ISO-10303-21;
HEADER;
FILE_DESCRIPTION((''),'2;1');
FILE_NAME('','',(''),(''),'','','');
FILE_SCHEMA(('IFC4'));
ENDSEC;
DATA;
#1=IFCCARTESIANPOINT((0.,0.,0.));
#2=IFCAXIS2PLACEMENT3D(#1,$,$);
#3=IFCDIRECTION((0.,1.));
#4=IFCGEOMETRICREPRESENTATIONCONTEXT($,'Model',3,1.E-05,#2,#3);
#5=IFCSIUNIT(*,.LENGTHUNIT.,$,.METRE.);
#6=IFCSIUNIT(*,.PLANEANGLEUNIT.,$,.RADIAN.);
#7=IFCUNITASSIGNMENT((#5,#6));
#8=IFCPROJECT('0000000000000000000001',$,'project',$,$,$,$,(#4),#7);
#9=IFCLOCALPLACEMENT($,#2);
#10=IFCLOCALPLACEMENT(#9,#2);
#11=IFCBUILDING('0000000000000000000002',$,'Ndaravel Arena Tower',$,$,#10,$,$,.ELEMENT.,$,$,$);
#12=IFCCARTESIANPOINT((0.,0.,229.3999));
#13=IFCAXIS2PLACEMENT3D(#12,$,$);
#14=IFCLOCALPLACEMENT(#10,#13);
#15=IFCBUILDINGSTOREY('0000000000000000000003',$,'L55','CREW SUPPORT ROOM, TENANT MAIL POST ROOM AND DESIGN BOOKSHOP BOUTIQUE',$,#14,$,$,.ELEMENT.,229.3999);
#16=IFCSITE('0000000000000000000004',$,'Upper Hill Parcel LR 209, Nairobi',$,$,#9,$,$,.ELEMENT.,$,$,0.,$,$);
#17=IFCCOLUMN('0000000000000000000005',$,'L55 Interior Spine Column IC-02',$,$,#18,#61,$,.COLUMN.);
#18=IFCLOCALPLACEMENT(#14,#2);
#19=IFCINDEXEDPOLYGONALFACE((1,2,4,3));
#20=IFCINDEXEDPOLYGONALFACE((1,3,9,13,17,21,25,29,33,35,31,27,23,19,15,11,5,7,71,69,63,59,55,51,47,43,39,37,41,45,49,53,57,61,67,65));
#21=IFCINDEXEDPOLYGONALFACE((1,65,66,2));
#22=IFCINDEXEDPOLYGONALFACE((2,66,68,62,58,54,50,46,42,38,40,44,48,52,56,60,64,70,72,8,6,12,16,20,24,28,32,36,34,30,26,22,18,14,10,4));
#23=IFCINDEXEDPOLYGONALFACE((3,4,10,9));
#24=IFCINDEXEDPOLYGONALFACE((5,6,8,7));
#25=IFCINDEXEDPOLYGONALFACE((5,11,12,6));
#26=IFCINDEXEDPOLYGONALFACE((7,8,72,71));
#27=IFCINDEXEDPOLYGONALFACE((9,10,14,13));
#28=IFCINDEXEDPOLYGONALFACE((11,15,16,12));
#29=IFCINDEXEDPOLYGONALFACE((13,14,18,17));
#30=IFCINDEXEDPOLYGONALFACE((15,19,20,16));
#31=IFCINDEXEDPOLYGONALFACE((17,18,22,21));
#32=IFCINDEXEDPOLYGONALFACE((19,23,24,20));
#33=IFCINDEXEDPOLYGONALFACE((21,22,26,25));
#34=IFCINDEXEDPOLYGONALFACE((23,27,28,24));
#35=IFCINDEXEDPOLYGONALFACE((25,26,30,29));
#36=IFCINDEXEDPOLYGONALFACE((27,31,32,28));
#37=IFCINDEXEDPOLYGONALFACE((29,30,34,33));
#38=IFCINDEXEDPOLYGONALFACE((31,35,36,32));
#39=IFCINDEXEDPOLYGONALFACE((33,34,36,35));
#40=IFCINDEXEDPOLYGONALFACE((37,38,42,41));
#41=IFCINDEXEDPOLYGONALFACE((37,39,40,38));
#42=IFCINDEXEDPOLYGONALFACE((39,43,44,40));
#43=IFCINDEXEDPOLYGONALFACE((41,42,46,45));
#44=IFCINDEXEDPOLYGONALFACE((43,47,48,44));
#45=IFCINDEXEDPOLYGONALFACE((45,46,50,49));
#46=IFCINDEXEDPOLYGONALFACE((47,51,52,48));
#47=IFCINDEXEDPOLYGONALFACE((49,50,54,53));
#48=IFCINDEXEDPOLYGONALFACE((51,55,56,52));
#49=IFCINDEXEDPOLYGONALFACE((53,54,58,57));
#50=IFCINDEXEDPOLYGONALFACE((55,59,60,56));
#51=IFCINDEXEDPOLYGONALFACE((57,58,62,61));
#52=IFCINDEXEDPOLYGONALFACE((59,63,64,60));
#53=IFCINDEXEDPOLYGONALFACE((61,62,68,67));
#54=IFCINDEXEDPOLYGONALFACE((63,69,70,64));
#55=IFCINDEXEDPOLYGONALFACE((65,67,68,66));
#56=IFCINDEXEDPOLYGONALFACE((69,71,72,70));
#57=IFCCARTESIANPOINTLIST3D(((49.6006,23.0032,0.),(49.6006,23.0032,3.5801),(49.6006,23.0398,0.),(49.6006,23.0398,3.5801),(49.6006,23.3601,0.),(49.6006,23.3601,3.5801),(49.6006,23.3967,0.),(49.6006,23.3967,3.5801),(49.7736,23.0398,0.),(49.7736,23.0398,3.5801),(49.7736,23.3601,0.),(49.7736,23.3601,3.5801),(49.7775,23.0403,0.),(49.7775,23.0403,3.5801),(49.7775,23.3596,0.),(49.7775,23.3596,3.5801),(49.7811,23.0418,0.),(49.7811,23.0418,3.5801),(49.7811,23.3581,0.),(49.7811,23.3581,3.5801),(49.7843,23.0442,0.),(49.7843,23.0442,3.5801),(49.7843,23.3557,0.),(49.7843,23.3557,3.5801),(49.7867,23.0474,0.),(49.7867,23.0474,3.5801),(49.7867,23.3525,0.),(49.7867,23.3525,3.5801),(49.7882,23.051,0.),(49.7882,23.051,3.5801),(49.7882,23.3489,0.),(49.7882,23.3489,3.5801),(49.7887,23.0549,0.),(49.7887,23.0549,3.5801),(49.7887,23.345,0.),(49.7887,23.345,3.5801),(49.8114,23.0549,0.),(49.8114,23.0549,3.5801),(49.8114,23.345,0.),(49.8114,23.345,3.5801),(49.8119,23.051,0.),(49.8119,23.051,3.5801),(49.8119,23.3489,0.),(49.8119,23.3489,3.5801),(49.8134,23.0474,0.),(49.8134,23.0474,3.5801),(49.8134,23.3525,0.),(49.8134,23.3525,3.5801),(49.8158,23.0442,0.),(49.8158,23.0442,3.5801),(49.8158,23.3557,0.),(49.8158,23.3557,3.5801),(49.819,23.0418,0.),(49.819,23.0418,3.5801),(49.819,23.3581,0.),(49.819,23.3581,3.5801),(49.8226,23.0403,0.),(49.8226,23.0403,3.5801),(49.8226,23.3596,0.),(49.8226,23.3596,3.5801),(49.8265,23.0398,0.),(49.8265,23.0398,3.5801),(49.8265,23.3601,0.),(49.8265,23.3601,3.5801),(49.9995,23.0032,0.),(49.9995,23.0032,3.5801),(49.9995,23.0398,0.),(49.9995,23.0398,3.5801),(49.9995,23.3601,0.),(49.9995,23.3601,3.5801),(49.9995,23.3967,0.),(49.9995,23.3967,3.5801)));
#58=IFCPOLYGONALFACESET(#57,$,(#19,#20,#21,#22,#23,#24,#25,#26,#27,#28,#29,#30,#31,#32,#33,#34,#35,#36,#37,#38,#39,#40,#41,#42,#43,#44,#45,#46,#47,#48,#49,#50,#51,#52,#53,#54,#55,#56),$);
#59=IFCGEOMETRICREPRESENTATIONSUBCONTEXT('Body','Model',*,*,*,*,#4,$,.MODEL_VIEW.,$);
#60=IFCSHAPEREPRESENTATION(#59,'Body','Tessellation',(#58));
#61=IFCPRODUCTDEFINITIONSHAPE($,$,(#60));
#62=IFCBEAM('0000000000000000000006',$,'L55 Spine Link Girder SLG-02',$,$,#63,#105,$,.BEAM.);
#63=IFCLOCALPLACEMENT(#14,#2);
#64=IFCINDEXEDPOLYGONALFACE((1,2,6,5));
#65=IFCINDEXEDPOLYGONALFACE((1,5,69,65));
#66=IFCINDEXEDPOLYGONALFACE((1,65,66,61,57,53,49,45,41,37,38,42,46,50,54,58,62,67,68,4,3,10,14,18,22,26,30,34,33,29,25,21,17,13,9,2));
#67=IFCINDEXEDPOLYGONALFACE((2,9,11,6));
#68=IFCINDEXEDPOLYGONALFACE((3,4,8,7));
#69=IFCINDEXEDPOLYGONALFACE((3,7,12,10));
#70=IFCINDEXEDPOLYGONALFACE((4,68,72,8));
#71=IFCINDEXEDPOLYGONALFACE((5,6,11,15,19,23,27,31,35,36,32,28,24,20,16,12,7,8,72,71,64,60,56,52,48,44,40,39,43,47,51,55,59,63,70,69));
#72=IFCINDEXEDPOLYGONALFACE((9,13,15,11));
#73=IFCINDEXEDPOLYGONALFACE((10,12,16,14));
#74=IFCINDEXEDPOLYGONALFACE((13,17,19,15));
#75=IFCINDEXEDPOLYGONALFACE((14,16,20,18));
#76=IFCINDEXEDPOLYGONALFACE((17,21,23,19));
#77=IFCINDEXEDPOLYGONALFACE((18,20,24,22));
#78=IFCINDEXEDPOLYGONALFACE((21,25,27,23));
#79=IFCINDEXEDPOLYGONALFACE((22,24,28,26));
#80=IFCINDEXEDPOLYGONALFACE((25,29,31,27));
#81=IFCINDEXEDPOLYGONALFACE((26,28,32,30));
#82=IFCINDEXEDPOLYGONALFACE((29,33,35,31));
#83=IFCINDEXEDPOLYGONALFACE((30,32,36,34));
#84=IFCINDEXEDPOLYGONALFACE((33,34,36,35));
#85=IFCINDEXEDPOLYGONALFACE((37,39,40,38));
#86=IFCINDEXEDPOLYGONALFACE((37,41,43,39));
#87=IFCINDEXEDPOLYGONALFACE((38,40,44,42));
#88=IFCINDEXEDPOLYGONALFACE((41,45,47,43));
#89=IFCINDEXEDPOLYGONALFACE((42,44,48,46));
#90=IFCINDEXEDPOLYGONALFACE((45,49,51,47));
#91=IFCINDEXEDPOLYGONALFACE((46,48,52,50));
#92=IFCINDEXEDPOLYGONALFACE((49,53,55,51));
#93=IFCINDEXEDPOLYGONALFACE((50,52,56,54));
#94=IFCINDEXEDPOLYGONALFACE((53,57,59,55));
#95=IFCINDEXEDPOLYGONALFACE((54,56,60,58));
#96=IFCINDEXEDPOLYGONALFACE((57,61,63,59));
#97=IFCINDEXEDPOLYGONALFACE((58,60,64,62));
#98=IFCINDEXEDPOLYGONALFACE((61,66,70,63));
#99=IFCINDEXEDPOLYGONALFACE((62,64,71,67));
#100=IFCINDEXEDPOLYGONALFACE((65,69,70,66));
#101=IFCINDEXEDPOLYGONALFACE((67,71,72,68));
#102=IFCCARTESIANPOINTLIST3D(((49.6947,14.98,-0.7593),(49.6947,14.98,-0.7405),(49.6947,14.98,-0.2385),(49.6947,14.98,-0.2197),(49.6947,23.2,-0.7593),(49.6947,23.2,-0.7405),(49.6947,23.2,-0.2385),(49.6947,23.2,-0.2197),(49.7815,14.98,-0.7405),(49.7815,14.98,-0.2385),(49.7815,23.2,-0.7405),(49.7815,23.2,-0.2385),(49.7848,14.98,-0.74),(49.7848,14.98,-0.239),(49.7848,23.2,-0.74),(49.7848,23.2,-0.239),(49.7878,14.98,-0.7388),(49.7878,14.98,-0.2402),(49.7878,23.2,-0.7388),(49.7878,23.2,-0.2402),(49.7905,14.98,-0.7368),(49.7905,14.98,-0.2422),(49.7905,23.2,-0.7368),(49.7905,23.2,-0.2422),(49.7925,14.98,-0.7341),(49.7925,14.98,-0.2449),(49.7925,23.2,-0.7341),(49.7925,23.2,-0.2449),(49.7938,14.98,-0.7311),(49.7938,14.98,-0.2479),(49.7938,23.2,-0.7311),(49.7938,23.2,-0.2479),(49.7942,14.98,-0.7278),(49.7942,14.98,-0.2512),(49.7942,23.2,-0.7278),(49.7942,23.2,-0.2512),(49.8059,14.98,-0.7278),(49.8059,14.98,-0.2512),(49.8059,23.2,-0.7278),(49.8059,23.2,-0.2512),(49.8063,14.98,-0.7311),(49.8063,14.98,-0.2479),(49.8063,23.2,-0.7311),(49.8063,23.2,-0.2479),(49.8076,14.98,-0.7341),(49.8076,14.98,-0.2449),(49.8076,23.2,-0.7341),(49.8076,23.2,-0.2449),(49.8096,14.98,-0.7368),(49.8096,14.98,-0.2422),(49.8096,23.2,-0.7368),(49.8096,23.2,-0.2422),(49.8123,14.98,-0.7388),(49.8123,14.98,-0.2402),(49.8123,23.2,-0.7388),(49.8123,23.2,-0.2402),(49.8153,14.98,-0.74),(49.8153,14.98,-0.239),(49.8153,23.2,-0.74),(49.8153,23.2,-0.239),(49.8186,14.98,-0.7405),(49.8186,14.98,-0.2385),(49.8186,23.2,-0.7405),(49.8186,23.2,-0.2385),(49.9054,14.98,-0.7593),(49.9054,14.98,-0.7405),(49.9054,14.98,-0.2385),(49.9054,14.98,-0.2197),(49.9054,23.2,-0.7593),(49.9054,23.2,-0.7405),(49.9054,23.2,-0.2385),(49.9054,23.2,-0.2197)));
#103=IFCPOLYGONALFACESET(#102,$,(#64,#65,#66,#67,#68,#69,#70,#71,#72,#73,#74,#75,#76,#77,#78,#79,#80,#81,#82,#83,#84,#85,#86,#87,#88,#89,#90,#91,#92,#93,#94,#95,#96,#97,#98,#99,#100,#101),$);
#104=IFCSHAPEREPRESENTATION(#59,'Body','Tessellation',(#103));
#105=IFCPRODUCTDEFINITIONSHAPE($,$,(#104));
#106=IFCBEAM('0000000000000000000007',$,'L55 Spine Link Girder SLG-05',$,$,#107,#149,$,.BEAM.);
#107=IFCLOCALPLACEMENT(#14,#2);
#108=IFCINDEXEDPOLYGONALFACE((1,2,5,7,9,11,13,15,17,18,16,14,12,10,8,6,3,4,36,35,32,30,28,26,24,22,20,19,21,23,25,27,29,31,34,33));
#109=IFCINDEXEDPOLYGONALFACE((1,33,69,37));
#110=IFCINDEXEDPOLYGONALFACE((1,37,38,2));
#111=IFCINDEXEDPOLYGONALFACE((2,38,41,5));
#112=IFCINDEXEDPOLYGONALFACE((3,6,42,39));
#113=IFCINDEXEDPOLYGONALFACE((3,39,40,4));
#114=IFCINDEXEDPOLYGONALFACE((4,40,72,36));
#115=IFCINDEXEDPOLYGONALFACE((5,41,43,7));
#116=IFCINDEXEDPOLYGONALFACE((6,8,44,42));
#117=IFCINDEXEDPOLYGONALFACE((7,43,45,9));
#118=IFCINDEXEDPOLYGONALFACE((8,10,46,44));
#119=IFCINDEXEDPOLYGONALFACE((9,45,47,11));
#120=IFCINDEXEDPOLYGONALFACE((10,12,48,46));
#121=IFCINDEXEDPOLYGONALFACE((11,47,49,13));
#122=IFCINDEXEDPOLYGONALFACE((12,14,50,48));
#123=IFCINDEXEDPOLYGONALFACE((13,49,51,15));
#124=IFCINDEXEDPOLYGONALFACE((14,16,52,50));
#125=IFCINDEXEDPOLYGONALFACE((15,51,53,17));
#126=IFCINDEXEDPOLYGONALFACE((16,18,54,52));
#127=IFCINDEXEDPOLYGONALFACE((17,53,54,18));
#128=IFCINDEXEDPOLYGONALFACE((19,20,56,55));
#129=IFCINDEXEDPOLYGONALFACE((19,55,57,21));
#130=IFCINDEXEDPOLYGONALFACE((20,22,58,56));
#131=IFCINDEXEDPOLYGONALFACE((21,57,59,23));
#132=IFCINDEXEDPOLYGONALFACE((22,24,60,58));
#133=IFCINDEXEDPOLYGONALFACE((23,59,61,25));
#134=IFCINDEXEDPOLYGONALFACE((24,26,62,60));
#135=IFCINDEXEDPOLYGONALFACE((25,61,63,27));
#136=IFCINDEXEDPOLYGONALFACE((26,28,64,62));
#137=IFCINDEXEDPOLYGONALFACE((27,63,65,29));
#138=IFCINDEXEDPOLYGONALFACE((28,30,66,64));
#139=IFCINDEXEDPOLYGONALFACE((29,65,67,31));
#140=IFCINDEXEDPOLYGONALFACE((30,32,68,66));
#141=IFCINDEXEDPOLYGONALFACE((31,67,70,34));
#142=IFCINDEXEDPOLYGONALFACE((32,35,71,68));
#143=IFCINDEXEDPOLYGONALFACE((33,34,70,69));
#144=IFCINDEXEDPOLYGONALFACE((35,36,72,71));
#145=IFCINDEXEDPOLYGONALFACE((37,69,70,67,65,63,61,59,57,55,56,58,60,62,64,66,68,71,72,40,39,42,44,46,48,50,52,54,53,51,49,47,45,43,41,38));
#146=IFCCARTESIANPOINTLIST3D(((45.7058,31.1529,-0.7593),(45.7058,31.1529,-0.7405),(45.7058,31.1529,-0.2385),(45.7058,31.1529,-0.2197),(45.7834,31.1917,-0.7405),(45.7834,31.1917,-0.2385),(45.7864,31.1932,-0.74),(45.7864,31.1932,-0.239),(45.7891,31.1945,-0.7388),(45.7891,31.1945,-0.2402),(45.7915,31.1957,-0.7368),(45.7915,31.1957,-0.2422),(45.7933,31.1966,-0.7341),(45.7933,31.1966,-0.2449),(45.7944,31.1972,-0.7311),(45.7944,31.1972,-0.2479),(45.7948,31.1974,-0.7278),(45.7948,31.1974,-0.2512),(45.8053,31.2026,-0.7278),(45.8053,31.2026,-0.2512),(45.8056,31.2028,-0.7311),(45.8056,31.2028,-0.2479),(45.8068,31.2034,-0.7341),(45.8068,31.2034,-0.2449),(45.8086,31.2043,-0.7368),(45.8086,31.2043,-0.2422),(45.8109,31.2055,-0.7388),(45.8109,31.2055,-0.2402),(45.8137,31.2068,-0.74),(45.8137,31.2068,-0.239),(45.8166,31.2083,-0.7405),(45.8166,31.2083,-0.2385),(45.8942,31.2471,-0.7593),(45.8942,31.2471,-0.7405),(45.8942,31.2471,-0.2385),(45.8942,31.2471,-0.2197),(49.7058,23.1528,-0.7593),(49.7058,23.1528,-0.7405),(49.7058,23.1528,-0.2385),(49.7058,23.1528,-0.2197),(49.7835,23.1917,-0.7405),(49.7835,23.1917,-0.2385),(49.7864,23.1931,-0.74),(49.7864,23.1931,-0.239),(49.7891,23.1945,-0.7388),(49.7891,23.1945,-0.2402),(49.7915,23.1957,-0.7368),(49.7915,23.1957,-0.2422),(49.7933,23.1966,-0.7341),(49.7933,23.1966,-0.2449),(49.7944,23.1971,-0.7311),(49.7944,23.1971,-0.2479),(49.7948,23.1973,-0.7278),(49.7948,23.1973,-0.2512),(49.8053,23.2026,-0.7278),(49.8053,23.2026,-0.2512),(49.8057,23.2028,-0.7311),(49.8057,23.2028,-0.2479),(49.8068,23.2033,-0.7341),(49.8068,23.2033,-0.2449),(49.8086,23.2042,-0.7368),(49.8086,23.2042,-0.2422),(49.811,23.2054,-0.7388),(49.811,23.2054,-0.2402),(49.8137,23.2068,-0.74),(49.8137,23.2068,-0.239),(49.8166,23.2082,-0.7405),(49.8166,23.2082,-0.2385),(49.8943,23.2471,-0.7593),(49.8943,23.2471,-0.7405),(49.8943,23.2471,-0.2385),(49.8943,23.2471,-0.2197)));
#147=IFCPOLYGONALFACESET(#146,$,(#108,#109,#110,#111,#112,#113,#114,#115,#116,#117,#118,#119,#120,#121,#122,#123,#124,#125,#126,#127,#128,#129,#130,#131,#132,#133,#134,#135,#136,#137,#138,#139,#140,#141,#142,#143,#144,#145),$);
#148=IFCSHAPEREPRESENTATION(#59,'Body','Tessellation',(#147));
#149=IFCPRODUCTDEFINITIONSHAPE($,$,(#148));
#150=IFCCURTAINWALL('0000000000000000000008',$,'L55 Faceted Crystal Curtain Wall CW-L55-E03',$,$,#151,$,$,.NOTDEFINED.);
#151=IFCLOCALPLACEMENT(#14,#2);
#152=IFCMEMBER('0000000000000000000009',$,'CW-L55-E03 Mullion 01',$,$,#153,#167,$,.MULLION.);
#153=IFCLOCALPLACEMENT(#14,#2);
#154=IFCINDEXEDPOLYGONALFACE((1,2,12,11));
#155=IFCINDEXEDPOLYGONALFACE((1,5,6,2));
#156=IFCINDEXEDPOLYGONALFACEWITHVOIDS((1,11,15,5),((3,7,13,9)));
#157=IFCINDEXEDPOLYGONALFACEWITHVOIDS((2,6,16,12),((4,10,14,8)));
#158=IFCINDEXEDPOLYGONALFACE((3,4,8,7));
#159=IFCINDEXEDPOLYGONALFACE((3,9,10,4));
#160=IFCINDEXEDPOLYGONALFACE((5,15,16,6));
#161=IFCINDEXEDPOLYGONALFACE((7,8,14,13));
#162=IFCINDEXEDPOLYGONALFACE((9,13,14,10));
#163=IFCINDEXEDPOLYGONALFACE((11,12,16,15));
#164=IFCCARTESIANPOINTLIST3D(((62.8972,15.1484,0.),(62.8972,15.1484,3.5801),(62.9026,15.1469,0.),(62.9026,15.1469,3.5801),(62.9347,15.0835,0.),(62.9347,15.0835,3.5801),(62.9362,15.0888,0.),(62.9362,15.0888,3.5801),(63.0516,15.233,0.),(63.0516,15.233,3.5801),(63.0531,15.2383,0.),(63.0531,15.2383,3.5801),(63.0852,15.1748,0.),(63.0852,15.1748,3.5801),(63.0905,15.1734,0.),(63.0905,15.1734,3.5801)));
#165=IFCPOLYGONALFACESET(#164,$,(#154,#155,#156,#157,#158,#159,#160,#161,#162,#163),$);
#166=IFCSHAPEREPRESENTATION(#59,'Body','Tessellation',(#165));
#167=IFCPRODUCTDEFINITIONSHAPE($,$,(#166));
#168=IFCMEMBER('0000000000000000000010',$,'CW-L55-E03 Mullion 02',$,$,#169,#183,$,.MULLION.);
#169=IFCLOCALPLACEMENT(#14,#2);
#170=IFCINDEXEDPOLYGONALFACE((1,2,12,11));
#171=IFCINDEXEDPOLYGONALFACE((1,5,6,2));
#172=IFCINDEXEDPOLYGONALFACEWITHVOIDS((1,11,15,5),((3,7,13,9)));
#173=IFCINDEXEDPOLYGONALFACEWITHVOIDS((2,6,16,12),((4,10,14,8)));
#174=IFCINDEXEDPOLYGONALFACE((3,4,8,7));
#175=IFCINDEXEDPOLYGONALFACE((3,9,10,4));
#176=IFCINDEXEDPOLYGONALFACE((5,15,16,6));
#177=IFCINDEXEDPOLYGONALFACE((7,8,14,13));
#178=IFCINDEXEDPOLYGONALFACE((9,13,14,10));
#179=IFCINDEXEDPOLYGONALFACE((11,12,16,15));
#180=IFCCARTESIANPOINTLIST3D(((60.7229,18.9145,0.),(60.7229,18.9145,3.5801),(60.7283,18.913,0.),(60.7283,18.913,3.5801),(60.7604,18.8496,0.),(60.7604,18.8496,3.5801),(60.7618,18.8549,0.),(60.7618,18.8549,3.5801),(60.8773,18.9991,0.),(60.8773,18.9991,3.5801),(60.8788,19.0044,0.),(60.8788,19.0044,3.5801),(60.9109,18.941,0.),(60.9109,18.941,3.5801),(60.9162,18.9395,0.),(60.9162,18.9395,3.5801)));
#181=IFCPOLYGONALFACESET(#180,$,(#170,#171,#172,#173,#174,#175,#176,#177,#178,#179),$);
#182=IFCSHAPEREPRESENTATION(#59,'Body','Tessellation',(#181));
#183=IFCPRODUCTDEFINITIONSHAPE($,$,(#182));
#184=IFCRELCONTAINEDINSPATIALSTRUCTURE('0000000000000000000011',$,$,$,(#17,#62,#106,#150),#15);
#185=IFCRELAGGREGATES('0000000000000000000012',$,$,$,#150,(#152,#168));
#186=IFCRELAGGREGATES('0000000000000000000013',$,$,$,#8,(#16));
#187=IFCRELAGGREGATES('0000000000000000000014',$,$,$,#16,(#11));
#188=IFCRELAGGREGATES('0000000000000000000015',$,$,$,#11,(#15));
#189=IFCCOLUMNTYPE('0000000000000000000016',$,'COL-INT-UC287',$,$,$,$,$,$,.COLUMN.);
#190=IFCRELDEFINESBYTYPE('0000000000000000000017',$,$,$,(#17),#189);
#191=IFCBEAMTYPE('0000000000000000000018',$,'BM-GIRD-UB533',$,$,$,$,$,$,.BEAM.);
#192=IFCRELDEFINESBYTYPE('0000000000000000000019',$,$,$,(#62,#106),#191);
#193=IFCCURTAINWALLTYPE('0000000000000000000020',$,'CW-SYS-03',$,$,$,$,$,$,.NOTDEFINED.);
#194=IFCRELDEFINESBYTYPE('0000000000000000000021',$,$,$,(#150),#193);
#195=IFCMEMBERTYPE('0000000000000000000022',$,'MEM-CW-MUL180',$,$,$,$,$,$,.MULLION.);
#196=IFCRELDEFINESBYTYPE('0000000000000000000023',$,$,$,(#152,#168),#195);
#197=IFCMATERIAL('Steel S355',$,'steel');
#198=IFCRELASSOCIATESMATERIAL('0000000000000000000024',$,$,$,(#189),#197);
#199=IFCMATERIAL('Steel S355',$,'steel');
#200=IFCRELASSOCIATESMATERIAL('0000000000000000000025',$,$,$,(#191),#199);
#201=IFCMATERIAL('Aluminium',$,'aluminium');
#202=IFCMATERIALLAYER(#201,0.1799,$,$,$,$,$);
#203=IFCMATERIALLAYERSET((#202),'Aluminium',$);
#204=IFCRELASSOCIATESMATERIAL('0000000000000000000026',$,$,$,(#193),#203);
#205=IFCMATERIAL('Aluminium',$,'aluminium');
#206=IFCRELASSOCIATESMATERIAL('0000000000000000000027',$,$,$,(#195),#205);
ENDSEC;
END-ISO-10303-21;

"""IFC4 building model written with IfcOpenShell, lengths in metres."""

from ifc_helpers import new_model, si_unit, direction, frame, origin, origin_2d, place, context, subcontext, project, spatial, hollow_rectangle, i_section, extrude, material, layer, layer_set, material_profile, profile_set, type_object, element, aggregate, save


model = new_model("IFC4")

# Units and contexts
model_context = context("Model", 3, precision=1e-05, world=origin(), true_north=direction((0.0, 1.0)))
body_context = subcontext(model_context, "Body", "Model", "MODEL_VIEW")
ifc_project = project(units=[si_unit("LENGTHUNIT", "METRE"), si_unit("PLANEANGLEUNIT", "RADIAN")], contexts=[model_context])

# Site, building, storey
site_placement = place(None, origin())
site = spatial("IfcSite", under=ifc_project, at=site_placement, Name="Upper Hill Parcel LR 209, Nairobi", CompositionType="ELEMENT", RefElevation=0.0)
building_placement = place(site_placement, origin())
building = spatial("IfcBuilding", under=site, at=building_placement, Name="Ndaravel Arena Tower", CompositionType="ELEMENT")
storey_placement = place(building_placement, frame((0.0, 0.0, 229.3999)))
storey = spatial("IfcBuildingStorey", under=building, at=storey_placement, Name="L55", Description="CREW SUPPORT ROOM, TENANT MAIL POST ROOM AND DESIGN BOOKSHOP BOUTIQUE", CompositionType="ELEMENT", Elevation=229.3999)

# Column
ifc_material_1 = material(Name="Steel S355", Category="steel")
ifc_material_profile_1 = material_profile(ifc_material_1, i_section(OverallWidth=0.3989, OverallDepth=0.3936, WebThickness=0.0227, FlangeThickness=0.0366, FilletRadius=0.0151, at=origin_2d()), Name="UC 356x406x287")
ifc_profile_set_1 = profile_set([ifc_material_profile_1], Name="Steel S355")
column_type = type_object("IfcColumnType", Name="COL-INT-UC287", PredefinedType="COLUMN", material=ifc_profile_set_1)
column_placement = place(storey_placement, frame((49.8, 23.2, 0.0), z_axis=(0.0, 0.0, 1.0), x_axis=(1.0, 0.0, 0.0)))
element("IfcColumn", 1, at=column_placement, inside=storey, type_object=column_type, Name="L55 Interior Spine Column IC-02", PredefinedType="COLUMN", context=body_context, shape_type="SweptSolid", body=[
    extrude(i_section(OverallWidth=0.3989, OverallDepth=0.3936, WebThickness=0.0227, FlangeThickness=0.0366, FilletRadius=0.0151, at=origin_2d()), origin(), (0.0, 0.0, 1.0), 3.5801),
])

# Beams
ifc_material_2 = material(Name="Steel S355", Category="steel")
ifc_material_profile_2 = material_profile(ifc_material_2, i_section(OverallWidth=0.2107, OverallDepth=0.5396, WebThickness=0.0117, FlangeThickness=0.0188, FilletRadius=0.0127, at=origin_2d()), Name="UB 533x210x109")
ifc_profile_set_2 = profile_set([ifc_material_profile_2], Name="Steel S355")
beam_type = type_object("IfcBeamType", Name="BM-GIRD-UB533", PredefinedType="BEAM", material=ifc_profile_set_2)
beam_1_placement = place(storey_placement, frame((49.8, 14.98, -0.4895), z_axis=(0.0, 1.0, 0.0), x_axis=(-1.0, 0.0, 0.0)))
element("IfcBeam", 2, at=beam_1_placement, inside=storey, type_object=beam_type, Name="L55 Spine Link Girder SLG-02", PredefinedType="BEAM", context=body_context, shape_type="SweptSolid", body=[
    extrude(i_section(OverallWidth=0.2107, OverallDepth=0.5396, WebThickness=0.0117, FlangeThickness=0.0188, FilletRadius=0.0127, at=origin_2d()), origin(), (0.0, 0.0, 1.0), 8.22),
])
beam_2_placement = place(storey_placement, frame((49.8, 23.2, -0.4895), z_axis=(-0.447214, 0.894427, 0.0), x_axis=(-0.894427, -0.447214, 0.0)))
element("IfcBeam", 3, at=beam_2_placement, inside=storey, type_object=beam_type, Name="L55 Spine Link Girder SLG-05", PredefinedType="BEAM", context=body_context, shape_type="SweptSolid", body=[
    extrude(i_section(OverallWidth=0.2107, OverallDepth=0.5396, WebThickness=0.0117, FlangeThickness=0.0188, FilletRadius=0.0127, at=origin_2d()), origin(), (0.0, 0.0, 1.0), 8.9443),
])

# Curtain wall, members
ifc_material_3 = material(Name="Aluminium", Category="aluminium")
ifc_layer_1 = layer(ifc_material_3, 0.1799)
ifc_layer_set_1 = layer_set([ifc_layer_1], Name="Aluminium")
curtain_wall_type = type_object("IfcCurtainWallType", Name="CW-SYS-03", PredefinedType="NOTDEFINED", material=ifc_layer_set_1)
curtain_wall_placement = place(storey_placement, origin())
curtain_wall = element("IfcCurtainWall", 4, at=curtain_wall_placement, inside=storey, type_object=curtain_wall_type, Name="L55 Faceted Crystal Curtain Wall CW-L55-E03", PredefinedType="NOTDEFINED")
ifc_material_4 = material(Name="Aluminium", Category="aluminium")
ifc_material_profile_3 = material_profile(ifc_material_4, hollow_rectangle(XDim=0.075, YDim=0.1799, WallThickness=0.0039, at=origin_2d()), Name="CW MULLION 75x180x4")
ifc_profile_set_3 = profile_set([ifc_material_profile_3], Name="Aluminium")
member_type = type_object("IfcMemberType", Name="MEM-CW-MUL180", PredefinedType="MULLION", material=ifc_profile_set_3)
member_1_placement = place(storey_placement, frame((62.9939, 15.1609, 0.0), z_axis=(0.0, 0.0, 1.0), x_axis=(-0.5, 0.866025, 0.0)))
member_1 = element("IfcMember", 5, at=member_1_placement, type_object=member_type, Name="CW-L55-E03 Mullion 01", PredefinedType="MULLION", context=body_context, shape_type="SweptSolid", body=[
    extrude(hollow_rectangle(XDim=0.075, YDim=0.1799, WallThickness=0.0039, at=origin_2d()), origin(), (0.0, 0.0, 1.0), 3.5801),
])
member_2_placement = place(storey_placement, frame((60.8196, 18.927, 0.0), z_axis=(0.0, 0.0, 1.0), x_axis=(-0.5, 0.866025, 0.0)))
member_2 = element("IfcMember", 6, at=member_2_placement, type_object=member_type, Name="CW-L55-E03 Mullion 02", PredefinedType="MULLION", context=body_context, shape_type="SweptSolid", body=[
    extrude(hollow_rectangle(XDim=0.075, YDim=0.1799, WallThickness=0.0039, at=origin_2d()), origin(), (0.0, 0.0, 1.0), 3.5801),
])
aggregate(curtain_wall, [member_1, member_2])

save(model, "model.ifc")
